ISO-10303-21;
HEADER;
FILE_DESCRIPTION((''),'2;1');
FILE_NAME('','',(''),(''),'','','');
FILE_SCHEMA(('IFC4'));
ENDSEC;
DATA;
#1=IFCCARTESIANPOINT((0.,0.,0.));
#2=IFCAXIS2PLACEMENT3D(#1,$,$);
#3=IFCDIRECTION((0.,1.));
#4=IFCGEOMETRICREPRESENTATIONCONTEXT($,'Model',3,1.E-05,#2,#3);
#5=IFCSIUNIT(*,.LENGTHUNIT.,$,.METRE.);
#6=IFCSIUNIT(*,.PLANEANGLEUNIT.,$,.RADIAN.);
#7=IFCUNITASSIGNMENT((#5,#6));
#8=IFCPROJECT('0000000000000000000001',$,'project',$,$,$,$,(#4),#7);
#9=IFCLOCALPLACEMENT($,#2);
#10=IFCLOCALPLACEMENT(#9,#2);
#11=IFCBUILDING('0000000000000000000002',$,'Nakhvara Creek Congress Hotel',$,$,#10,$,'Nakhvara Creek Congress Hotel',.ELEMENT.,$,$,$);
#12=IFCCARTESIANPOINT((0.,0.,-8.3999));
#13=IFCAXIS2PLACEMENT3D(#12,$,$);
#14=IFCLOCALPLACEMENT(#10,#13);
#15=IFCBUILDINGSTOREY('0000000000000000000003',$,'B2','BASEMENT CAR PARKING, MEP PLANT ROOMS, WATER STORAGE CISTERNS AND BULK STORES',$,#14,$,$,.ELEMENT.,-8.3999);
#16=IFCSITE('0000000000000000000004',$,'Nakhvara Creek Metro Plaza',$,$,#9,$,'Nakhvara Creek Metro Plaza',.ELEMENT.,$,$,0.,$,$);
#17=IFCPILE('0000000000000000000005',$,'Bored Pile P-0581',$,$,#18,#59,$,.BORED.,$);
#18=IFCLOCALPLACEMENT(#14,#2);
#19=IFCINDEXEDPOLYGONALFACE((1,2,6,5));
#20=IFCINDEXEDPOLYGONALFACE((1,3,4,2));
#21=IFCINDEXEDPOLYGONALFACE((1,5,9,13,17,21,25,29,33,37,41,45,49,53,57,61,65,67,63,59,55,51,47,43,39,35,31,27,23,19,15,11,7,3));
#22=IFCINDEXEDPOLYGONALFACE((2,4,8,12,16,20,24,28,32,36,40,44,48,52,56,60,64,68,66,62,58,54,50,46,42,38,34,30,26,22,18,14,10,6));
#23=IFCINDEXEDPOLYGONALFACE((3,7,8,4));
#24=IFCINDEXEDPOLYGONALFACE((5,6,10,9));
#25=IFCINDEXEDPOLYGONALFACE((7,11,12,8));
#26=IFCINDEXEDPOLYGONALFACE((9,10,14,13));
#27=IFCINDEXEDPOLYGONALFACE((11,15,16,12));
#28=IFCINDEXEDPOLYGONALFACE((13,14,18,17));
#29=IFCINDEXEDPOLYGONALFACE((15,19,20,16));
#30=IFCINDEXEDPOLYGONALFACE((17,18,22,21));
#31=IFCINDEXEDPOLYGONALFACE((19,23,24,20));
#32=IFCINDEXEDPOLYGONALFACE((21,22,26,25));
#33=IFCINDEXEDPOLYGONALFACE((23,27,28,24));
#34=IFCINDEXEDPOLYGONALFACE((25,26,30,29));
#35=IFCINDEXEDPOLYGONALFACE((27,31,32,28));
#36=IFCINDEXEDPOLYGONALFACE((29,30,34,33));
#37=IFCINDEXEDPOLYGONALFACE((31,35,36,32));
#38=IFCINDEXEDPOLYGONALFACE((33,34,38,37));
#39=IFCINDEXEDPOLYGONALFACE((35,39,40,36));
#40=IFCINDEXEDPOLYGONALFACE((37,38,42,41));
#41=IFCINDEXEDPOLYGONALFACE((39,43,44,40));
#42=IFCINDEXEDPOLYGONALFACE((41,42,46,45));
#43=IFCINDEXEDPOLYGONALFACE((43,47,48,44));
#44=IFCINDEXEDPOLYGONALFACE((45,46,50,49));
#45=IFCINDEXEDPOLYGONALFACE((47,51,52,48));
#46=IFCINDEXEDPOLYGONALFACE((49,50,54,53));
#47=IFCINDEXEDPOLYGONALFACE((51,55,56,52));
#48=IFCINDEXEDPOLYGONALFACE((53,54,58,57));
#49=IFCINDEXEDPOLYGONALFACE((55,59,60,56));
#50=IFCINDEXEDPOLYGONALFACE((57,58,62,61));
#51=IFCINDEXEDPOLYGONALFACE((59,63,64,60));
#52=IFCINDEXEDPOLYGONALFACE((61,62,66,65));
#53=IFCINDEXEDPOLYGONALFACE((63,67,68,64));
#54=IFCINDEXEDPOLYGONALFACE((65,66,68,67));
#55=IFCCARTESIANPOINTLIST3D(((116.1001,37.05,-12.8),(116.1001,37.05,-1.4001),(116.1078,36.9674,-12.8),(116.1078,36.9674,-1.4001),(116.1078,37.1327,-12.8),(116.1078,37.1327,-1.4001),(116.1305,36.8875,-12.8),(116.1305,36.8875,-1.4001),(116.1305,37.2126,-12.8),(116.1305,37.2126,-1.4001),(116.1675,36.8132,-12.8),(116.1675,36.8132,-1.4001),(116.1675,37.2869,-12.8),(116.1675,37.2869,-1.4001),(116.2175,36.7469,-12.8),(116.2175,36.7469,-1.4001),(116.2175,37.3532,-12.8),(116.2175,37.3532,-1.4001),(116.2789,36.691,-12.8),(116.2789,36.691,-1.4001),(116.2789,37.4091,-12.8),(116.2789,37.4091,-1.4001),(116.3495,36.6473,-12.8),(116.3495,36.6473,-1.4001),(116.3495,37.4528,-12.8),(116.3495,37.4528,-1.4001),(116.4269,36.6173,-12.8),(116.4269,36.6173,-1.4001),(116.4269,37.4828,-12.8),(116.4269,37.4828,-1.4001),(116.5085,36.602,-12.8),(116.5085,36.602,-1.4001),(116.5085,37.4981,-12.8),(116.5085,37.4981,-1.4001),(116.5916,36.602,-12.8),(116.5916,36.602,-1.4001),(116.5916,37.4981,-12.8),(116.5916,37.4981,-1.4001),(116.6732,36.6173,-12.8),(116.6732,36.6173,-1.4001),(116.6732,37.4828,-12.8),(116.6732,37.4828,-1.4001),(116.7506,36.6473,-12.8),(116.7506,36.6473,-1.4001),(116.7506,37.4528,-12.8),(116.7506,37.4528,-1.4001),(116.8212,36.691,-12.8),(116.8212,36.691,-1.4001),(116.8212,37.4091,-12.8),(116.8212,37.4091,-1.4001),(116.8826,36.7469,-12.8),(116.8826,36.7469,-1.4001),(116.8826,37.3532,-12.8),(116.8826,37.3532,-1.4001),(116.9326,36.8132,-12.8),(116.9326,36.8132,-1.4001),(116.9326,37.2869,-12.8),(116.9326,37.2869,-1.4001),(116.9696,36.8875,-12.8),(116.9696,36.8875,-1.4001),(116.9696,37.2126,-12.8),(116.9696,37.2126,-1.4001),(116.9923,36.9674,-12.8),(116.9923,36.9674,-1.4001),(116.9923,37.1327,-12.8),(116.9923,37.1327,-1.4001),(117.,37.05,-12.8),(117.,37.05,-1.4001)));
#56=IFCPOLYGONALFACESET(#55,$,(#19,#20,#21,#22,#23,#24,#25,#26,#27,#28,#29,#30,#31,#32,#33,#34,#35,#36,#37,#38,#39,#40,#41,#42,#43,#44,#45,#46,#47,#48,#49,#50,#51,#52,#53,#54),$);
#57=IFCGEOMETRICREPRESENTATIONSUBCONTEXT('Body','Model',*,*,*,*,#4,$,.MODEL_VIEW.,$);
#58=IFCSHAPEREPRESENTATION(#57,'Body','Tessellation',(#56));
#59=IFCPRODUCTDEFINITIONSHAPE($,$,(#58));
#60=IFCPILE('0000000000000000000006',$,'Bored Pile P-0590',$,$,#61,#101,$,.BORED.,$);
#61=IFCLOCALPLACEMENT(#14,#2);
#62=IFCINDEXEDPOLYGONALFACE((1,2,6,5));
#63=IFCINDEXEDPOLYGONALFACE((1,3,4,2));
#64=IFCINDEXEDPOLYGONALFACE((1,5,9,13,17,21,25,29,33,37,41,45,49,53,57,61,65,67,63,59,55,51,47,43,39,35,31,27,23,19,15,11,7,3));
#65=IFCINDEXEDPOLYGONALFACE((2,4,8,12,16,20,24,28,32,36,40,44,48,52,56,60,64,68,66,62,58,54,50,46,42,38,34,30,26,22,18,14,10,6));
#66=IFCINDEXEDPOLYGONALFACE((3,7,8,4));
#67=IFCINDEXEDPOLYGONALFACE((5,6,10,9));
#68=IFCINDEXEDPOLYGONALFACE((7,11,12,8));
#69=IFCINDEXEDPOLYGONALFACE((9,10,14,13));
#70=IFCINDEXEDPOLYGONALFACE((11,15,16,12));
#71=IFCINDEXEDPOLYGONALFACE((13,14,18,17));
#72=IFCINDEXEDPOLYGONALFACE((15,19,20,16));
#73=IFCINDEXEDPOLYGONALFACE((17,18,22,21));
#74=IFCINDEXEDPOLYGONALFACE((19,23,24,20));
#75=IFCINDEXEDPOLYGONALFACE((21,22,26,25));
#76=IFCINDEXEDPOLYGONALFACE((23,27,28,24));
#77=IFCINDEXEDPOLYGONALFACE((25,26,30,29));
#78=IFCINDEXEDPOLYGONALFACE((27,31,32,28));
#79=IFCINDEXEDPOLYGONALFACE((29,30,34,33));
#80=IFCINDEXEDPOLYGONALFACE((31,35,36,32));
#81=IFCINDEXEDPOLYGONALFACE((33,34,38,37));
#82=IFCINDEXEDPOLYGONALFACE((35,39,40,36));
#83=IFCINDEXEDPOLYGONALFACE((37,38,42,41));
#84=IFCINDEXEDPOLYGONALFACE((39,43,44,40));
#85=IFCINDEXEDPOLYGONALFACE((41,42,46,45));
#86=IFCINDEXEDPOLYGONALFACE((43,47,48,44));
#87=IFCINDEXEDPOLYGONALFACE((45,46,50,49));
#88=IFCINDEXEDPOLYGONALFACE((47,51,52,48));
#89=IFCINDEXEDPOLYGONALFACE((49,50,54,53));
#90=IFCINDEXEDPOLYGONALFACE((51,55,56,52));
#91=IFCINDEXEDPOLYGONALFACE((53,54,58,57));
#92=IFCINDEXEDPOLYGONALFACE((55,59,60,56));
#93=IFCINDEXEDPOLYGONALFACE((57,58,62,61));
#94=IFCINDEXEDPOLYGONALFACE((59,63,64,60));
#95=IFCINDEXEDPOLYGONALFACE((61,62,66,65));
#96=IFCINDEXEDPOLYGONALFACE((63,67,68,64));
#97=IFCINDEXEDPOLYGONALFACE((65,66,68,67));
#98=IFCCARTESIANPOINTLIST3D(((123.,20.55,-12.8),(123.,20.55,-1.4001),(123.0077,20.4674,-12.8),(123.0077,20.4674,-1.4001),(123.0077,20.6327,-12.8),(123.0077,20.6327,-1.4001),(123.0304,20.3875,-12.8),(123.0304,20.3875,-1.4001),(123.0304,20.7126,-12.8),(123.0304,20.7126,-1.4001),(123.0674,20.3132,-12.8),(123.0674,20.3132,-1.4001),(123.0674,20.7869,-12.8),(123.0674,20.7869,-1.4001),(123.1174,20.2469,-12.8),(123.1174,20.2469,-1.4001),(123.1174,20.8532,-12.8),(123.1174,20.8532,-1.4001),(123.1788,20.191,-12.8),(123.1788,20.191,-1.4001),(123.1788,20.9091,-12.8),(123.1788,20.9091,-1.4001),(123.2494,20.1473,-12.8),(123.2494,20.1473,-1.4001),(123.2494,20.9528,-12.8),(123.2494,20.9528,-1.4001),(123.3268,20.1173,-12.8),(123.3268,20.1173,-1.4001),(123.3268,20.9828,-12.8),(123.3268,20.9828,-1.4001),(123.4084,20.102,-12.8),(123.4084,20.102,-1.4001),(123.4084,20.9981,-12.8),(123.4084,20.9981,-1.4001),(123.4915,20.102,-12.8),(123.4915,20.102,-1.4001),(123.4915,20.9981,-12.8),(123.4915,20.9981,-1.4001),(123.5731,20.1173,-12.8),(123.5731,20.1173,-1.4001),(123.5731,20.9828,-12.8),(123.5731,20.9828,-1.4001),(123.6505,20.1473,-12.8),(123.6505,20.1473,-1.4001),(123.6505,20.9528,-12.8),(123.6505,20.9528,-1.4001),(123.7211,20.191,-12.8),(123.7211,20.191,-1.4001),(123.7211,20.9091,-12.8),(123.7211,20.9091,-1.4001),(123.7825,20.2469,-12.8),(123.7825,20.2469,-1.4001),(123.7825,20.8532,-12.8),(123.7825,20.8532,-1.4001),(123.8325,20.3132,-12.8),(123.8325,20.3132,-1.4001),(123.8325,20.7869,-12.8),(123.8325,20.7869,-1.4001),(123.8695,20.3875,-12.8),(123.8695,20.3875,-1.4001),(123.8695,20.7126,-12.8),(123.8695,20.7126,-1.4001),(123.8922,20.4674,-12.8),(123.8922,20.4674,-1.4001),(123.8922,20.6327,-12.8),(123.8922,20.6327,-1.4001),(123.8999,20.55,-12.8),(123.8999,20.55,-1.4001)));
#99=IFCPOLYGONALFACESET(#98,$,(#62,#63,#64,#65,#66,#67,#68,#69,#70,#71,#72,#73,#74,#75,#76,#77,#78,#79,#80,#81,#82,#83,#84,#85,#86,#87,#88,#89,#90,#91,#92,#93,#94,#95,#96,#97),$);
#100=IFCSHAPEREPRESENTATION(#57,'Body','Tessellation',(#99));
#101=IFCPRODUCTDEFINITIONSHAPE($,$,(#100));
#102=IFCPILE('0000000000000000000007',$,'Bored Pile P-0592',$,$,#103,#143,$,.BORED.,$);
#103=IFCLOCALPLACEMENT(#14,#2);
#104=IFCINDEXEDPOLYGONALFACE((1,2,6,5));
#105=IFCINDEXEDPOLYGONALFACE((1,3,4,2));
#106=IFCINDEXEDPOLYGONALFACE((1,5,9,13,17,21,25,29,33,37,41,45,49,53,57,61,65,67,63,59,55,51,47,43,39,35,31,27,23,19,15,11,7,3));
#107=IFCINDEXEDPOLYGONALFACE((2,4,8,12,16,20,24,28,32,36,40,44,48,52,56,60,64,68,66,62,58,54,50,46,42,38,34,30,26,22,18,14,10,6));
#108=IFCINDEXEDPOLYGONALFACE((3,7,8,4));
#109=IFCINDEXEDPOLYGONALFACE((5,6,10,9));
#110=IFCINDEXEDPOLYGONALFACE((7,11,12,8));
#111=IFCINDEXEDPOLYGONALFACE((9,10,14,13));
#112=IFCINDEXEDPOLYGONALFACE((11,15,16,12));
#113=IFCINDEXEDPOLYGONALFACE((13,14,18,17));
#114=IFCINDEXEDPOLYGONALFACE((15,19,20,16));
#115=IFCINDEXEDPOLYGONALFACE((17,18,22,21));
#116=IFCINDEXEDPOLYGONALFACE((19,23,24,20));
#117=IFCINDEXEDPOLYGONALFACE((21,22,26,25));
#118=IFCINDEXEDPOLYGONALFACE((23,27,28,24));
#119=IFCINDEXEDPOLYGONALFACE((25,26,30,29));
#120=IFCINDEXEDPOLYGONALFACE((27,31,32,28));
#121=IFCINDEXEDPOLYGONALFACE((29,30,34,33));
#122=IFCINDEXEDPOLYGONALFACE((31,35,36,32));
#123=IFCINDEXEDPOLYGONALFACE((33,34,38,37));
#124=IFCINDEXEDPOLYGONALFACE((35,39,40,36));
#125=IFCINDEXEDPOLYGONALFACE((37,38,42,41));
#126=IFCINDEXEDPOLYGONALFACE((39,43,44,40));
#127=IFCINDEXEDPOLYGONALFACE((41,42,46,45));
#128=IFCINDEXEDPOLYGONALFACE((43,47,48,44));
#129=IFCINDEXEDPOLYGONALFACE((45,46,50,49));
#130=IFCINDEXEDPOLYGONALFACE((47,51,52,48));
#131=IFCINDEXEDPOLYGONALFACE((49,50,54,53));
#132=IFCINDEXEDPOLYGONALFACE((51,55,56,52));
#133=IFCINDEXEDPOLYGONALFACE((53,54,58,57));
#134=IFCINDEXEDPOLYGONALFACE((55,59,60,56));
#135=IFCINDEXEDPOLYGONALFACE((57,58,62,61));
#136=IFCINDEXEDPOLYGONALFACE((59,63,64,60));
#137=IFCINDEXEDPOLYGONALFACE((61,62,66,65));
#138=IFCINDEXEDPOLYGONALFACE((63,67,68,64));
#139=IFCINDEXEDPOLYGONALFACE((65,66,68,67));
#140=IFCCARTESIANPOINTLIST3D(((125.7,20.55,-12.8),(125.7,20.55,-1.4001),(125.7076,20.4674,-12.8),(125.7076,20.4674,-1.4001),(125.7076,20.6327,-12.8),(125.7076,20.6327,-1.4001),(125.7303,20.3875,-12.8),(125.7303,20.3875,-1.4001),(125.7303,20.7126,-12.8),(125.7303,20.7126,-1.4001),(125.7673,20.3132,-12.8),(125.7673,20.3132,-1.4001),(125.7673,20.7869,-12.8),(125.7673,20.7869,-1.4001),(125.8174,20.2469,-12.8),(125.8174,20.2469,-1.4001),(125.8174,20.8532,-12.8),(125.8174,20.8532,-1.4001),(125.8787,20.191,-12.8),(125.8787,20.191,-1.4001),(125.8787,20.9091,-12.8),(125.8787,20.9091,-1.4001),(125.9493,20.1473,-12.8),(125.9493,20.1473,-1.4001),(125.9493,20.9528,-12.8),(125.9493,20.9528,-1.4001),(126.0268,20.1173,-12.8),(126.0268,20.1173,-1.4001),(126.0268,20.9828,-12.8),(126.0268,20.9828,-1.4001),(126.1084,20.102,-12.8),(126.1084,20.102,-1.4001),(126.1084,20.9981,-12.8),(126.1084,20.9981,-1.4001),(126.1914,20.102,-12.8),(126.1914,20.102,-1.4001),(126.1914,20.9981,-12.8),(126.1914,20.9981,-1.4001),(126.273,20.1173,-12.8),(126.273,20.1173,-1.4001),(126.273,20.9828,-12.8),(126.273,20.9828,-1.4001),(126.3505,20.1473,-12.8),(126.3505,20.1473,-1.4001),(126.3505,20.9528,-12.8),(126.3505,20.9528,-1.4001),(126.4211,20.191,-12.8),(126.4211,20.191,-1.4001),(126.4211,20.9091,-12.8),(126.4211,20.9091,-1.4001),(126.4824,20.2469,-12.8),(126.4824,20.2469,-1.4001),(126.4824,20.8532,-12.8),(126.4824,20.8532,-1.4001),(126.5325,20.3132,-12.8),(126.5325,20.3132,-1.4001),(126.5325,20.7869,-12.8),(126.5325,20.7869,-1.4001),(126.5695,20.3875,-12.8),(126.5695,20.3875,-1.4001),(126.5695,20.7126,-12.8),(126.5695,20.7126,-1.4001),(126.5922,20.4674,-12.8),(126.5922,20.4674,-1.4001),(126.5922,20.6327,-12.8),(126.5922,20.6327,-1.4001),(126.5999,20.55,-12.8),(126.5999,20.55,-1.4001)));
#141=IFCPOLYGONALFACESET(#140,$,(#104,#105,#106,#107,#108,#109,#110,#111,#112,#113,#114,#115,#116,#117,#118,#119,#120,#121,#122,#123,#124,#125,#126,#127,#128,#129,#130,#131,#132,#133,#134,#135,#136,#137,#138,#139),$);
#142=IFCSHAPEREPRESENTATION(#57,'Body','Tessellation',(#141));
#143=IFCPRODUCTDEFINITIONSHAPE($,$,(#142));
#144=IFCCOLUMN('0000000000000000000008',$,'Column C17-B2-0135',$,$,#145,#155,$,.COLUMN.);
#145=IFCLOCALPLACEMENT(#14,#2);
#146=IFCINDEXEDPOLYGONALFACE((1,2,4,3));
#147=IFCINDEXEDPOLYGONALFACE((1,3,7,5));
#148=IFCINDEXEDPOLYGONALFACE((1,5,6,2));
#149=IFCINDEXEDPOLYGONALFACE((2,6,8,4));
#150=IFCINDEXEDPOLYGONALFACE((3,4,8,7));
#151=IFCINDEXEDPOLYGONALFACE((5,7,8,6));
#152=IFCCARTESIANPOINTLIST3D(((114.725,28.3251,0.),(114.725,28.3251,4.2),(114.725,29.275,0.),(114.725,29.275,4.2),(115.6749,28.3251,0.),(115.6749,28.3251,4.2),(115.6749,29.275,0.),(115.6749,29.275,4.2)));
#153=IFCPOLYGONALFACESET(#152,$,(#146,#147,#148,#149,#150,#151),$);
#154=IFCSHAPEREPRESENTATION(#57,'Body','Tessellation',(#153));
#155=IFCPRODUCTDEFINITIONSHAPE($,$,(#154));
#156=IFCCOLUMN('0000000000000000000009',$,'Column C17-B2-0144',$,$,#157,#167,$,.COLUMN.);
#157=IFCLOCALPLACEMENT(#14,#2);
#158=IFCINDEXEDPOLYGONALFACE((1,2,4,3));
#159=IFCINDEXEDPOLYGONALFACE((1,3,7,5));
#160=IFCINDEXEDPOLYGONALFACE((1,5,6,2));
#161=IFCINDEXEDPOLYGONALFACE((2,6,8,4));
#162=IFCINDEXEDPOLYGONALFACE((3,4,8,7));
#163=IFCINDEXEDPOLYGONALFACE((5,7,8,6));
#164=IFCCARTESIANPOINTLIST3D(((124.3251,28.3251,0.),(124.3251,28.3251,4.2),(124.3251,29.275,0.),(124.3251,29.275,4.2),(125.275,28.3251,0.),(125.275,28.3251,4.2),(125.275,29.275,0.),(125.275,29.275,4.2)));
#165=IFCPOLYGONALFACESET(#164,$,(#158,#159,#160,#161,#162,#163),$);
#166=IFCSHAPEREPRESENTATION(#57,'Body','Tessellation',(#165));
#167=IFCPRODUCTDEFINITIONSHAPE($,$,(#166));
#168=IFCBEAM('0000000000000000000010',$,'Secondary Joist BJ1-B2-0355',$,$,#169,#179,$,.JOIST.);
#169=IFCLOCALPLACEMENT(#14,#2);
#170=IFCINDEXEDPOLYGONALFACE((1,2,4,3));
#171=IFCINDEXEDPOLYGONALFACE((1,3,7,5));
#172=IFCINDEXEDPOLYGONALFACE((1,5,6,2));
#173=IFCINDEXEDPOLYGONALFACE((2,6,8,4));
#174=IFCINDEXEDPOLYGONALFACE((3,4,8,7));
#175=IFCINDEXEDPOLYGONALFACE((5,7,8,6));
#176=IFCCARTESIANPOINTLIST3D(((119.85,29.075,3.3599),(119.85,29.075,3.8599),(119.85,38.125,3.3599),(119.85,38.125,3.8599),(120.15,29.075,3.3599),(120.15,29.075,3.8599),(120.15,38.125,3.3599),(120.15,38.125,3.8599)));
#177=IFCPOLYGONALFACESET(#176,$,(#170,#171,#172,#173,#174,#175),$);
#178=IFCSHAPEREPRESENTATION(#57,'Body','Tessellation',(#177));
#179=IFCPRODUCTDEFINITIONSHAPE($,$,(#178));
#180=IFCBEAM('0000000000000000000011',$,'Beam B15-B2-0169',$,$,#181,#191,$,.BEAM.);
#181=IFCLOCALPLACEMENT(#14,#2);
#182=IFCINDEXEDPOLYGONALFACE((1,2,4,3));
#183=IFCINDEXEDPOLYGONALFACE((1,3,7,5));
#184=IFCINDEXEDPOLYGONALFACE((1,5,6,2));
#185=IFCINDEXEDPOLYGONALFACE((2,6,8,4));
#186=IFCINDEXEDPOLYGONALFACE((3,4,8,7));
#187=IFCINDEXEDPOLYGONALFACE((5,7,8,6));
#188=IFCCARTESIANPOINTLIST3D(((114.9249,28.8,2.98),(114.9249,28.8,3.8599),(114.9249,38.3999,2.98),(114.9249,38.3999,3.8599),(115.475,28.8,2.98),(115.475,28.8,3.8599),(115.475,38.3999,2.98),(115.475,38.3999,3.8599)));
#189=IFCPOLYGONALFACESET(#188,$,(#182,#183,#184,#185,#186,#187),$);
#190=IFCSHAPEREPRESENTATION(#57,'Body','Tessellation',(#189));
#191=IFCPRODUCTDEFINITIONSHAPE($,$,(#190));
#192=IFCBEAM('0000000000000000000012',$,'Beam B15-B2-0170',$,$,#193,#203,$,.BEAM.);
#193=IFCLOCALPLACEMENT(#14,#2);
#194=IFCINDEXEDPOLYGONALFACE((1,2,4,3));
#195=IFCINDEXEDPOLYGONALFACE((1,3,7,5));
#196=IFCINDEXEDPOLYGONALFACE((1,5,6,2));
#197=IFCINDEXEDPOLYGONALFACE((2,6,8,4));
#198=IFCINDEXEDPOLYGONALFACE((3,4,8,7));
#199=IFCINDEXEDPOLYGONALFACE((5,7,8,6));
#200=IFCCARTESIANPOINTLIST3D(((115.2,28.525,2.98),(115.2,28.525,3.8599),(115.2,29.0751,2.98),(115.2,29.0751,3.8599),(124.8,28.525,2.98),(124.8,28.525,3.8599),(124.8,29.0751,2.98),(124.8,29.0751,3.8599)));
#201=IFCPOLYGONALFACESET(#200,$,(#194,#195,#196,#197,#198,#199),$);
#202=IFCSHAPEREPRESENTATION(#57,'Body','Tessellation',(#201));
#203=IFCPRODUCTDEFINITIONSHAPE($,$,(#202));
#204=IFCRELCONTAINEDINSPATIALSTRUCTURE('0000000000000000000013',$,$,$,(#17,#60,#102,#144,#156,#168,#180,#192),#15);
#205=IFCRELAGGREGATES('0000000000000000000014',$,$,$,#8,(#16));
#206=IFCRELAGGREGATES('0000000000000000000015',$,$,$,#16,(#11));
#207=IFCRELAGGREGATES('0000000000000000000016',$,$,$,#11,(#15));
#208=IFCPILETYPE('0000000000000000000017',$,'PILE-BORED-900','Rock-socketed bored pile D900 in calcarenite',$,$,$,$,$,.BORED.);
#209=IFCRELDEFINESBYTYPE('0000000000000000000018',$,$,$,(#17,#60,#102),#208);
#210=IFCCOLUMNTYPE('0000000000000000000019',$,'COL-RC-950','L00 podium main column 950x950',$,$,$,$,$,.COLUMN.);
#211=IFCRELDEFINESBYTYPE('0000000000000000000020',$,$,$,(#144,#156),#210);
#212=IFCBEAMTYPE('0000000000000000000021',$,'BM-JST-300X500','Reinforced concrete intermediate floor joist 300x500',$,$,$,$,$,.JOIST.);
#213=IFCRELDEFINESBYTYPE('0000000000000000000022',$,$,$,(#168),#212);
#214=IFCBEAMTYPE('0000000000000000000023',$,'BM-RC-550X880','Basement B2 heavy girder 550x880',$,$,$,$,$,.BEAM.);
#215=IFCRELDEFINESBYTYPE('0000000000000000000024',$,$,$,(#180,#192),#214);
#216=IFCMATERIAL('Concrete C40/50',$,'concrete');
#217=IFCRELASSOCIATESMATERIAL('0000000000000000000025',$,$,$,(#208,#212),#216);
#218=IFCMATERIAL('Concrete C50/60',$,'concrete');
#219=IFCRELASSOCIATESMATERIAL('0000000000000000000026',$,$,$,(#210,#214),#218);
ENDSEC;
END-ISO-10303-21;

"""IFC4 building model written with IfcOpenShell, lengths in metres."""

from ifc_helpers import new_model, si_unit, direction, frame, origin, origin_2d, place, context, subcontext, project, spatial, rectangle, circle, extrude, material, material_profile, profile_set, type_object, element, save


model = new_model("IFC4")

# Units and contexts
model_context = context("Model", 3, precision=1e-05, world=origin(), true_north=direction((0.0, 1.0)))
body_context = subcontext(model_context, "Body", "Model", "MODEL_VIEW")
ifc_project = project(units=[si_unit("LENGTHUNIT", "METRE"), si_unit("PLANEANGLEUNIT", "RADIAN")], contexts=[model_context])

# Site, building, storey
site_placement = place(None, origin())
site = spatial("IfcSite", under=ifc_project, at=site_placement, Name="Nakhvara Creek Metro Plaza", LongName="Nakhvara Creek Metro Plaza", CompositionType="ELEMENT", RefElevation=0.0)
building_placement = place(site_placement, origin())
building = spatial("IfcBuilding", under=site, at=building_placement, Name="Nakhvara Creek Congress Hotel", LongName="Nakhvara Creek Congress Hotel", CompositionType="ELEMENT")
storey_placement = place(building_placement, frame((0.0, 0.0, -8.3999)))
storey = spatial("IfcBuildingStorey", under=building, at=storey_placement, Name="B2", Description="BASEMENT CAR PARKING, MEP PLANT ROOMS, WATER STORAGE CISTERNS AND BULK STORES", CompositionType="ELEMENT", Elevation=-8.3999)

# Shared definitions
ifc_material_1 = material(Name="Concrete C40/50", Category="concrete")

# Piles
ifc_material_profile_1 = material_profile(ifc_material_1, circle(Radius=0.45, at=origin_2d()), Name="BORED PILE D900", Category="LoadBearing")
ifc_profile_set_1 = profile_set([ifc_material_profile_1], Name="Concrete C40/50")
pile_type = type_object("IfcPileType", Name="PILE-BORED-900", Description="Rock-socketed bored pile D900 in calcarenite", PredefinedType="BORED", material=ifc_profile_set_1)
for number, where, z_axis, x_axis, name in (
    (1, (116.55, 37.05, -1.4001), (0.0, 0.0, -1.0), (1.0, 0.0, 0.0), "Bored Pile P-0581"),
    (2, (123.45, 20.55, -1.4001), (0.0, 0.0, -1.0), (1.0, 0.0, 0.0), "Bored Pile P-0590"),
    (3, (126.1499, 20.55, -1.4001), (0.0, 0.0, -1.0), (1.0, 0.0, 0.0), "Bored Pile P-0592"),
):
    element("IfcPile", number, at=place(storey_placement, frame(where, z_axis=z_axis, x_axis=x_axis)), inside=storey, type_object=pile_type, Name=name, PredefinedType="BORED", context=body_context, shape_type="SweptSolid", body=[
        extrude(circle(Radius=0.45, at=origin_2d()), origin(), (0.0, 0.0, 1.0), 11.3999),
    ])

# Columns
ifc_material_2 = material(Name="Concrete C50/60", Category="concrete")
ifc_material_profile_2 = material_profile(ifc_material_2, rectangle(XDim=0.95, YDim=0.95, at=origin_2d()), Name="RC-COL 950x950", Category="LoadBearing")
ifc_profile_set_2 = profile_set([ifc_material_profile_2], Name="Concrete C50/60")
column_type = type_object("IfcColumnType", Name="COL-RC-950", Description="L00 podium main column 950x950", PredefinedType="COLUMN", material=ifc_profile_set_2)
for number, where, z_axis, x_axis, name in (
    (4, (115.2, 28.8, 0.0), (0.0, 0.0, 1.0), (1.0, 0.0, 0.0), "Column C17-B2-0135"),
    (5, (124.8, 28.8, 0.0), (0.0, 0.0, 1.0), (1.0, 0.0, 0.0), "Column C17-B2-0144"),
):
    element("IfcColumn", number, at=place(storey_placement, frame(where, z_axis=z_axis, x_axis=x_axis)), inside=storey, type_object=column_type, Name=name, PredefinedType="COLUMN", context=body_context, shape_type="SweptSolid", body=[
        extrude(rectangle(XDim=0.95, YDim=0.95, at=origin_2d()), origin(), (0.0, 0.0, 1.0), 4.2),
    ])

# Beams
ifc_material_profile_3 = material_profile(ifc_material_1, rectangle(XDim=0.3, YDim=0.5, at=origin_2d()), Name="RC-BM 300x500", Category="LoadBearing")
ifc_profile_set_3 = profile_set([ifc_material_profile_3], Name="Concrete C40/50")
beam_type_1 = type_object("IfcBeamType", Name="BM-JST-300X500", Description="Reinforced concrete intermediate floor joist 300x500", PredefinedType="JOIST", material=ifc_profile_set_3)
beam_1_placement = place(storey_placement, frame((120.0, 29.075, 3.6099), z_axis=(0.0, 1.0, 0.0), x_axis=(-1.0, 0.0, 0.0)))
element("IfcBeam", 6, at=beam_1_placement, inside=storey, type_object=beam_type_1, Name="Secondary Joist BJ1-B2-0355", PredefinedType="JOIST", context=body_context, shape_type="SweptSolid", body=[
    extrude(rectangle(XDim=0.3, YDim=0.5, at=origin_2d()), origin(), (0.0, 0.0, 1.0), 9.05),
])
ifc_material_profile_4 = material_profile(ifc_material_2, rectangle(XDim=0.55, YDim=0.8799, at=origin_2d()), Name="RC-BM 550x880", Category="LoadBearing")
ifc_profile_set_4 = profile_set([ifc_material_profile_4], Name="Concrete C50/60")
beam_type_2 = type_object("IfcBeamType", Name="BM-RC-550X880", Description="Basement B2 heavy girder 550x880", PredefinedType="BEAM", material=ifc_profile_set_4)
beam_2_placement = place(storey_placement, frame((115.2, 28.8, 3.4199), z_axis=(0.0, 1.0, 0.0), x_axis=(-1.0, 0.0, 0.0)))
element("IfcBeam", 7, at=beam_2_placement, inside=storey, type_object=beam_type_2, Name="Beam B15-B2-0169", PredefinedType="BEAM", context=body_context, shape_type="SweptSolid", body=[
    extrude(rectangle(XDim=0.55, YDim=0.8799, at=origin_2d()), origin(), (0.0, 0.0, 1.0), 9.5999),
])
beam_3_placement = place(storey_placement, frame((115.2, 28.8, 3.4199), z_axis=(1.0, 0.0, 0.0), x_axis=(0.0, 1.0, 0.0)))
element("IfcBeam", 8, at=beam_3_placement, inside=storey, type_object=beam_type_2, Name="Beam B15-B2-0170", PredefinedType="BEAM", context=body_context, shape_type="SweptSolid", body=[
    extrude(rectangle(XDim=0.55, YDim=0.8799, at=origin_2d()), origin(), (0.0, 0.0, 1.0), 9.6001),
])

save(model, "model.ifc")
